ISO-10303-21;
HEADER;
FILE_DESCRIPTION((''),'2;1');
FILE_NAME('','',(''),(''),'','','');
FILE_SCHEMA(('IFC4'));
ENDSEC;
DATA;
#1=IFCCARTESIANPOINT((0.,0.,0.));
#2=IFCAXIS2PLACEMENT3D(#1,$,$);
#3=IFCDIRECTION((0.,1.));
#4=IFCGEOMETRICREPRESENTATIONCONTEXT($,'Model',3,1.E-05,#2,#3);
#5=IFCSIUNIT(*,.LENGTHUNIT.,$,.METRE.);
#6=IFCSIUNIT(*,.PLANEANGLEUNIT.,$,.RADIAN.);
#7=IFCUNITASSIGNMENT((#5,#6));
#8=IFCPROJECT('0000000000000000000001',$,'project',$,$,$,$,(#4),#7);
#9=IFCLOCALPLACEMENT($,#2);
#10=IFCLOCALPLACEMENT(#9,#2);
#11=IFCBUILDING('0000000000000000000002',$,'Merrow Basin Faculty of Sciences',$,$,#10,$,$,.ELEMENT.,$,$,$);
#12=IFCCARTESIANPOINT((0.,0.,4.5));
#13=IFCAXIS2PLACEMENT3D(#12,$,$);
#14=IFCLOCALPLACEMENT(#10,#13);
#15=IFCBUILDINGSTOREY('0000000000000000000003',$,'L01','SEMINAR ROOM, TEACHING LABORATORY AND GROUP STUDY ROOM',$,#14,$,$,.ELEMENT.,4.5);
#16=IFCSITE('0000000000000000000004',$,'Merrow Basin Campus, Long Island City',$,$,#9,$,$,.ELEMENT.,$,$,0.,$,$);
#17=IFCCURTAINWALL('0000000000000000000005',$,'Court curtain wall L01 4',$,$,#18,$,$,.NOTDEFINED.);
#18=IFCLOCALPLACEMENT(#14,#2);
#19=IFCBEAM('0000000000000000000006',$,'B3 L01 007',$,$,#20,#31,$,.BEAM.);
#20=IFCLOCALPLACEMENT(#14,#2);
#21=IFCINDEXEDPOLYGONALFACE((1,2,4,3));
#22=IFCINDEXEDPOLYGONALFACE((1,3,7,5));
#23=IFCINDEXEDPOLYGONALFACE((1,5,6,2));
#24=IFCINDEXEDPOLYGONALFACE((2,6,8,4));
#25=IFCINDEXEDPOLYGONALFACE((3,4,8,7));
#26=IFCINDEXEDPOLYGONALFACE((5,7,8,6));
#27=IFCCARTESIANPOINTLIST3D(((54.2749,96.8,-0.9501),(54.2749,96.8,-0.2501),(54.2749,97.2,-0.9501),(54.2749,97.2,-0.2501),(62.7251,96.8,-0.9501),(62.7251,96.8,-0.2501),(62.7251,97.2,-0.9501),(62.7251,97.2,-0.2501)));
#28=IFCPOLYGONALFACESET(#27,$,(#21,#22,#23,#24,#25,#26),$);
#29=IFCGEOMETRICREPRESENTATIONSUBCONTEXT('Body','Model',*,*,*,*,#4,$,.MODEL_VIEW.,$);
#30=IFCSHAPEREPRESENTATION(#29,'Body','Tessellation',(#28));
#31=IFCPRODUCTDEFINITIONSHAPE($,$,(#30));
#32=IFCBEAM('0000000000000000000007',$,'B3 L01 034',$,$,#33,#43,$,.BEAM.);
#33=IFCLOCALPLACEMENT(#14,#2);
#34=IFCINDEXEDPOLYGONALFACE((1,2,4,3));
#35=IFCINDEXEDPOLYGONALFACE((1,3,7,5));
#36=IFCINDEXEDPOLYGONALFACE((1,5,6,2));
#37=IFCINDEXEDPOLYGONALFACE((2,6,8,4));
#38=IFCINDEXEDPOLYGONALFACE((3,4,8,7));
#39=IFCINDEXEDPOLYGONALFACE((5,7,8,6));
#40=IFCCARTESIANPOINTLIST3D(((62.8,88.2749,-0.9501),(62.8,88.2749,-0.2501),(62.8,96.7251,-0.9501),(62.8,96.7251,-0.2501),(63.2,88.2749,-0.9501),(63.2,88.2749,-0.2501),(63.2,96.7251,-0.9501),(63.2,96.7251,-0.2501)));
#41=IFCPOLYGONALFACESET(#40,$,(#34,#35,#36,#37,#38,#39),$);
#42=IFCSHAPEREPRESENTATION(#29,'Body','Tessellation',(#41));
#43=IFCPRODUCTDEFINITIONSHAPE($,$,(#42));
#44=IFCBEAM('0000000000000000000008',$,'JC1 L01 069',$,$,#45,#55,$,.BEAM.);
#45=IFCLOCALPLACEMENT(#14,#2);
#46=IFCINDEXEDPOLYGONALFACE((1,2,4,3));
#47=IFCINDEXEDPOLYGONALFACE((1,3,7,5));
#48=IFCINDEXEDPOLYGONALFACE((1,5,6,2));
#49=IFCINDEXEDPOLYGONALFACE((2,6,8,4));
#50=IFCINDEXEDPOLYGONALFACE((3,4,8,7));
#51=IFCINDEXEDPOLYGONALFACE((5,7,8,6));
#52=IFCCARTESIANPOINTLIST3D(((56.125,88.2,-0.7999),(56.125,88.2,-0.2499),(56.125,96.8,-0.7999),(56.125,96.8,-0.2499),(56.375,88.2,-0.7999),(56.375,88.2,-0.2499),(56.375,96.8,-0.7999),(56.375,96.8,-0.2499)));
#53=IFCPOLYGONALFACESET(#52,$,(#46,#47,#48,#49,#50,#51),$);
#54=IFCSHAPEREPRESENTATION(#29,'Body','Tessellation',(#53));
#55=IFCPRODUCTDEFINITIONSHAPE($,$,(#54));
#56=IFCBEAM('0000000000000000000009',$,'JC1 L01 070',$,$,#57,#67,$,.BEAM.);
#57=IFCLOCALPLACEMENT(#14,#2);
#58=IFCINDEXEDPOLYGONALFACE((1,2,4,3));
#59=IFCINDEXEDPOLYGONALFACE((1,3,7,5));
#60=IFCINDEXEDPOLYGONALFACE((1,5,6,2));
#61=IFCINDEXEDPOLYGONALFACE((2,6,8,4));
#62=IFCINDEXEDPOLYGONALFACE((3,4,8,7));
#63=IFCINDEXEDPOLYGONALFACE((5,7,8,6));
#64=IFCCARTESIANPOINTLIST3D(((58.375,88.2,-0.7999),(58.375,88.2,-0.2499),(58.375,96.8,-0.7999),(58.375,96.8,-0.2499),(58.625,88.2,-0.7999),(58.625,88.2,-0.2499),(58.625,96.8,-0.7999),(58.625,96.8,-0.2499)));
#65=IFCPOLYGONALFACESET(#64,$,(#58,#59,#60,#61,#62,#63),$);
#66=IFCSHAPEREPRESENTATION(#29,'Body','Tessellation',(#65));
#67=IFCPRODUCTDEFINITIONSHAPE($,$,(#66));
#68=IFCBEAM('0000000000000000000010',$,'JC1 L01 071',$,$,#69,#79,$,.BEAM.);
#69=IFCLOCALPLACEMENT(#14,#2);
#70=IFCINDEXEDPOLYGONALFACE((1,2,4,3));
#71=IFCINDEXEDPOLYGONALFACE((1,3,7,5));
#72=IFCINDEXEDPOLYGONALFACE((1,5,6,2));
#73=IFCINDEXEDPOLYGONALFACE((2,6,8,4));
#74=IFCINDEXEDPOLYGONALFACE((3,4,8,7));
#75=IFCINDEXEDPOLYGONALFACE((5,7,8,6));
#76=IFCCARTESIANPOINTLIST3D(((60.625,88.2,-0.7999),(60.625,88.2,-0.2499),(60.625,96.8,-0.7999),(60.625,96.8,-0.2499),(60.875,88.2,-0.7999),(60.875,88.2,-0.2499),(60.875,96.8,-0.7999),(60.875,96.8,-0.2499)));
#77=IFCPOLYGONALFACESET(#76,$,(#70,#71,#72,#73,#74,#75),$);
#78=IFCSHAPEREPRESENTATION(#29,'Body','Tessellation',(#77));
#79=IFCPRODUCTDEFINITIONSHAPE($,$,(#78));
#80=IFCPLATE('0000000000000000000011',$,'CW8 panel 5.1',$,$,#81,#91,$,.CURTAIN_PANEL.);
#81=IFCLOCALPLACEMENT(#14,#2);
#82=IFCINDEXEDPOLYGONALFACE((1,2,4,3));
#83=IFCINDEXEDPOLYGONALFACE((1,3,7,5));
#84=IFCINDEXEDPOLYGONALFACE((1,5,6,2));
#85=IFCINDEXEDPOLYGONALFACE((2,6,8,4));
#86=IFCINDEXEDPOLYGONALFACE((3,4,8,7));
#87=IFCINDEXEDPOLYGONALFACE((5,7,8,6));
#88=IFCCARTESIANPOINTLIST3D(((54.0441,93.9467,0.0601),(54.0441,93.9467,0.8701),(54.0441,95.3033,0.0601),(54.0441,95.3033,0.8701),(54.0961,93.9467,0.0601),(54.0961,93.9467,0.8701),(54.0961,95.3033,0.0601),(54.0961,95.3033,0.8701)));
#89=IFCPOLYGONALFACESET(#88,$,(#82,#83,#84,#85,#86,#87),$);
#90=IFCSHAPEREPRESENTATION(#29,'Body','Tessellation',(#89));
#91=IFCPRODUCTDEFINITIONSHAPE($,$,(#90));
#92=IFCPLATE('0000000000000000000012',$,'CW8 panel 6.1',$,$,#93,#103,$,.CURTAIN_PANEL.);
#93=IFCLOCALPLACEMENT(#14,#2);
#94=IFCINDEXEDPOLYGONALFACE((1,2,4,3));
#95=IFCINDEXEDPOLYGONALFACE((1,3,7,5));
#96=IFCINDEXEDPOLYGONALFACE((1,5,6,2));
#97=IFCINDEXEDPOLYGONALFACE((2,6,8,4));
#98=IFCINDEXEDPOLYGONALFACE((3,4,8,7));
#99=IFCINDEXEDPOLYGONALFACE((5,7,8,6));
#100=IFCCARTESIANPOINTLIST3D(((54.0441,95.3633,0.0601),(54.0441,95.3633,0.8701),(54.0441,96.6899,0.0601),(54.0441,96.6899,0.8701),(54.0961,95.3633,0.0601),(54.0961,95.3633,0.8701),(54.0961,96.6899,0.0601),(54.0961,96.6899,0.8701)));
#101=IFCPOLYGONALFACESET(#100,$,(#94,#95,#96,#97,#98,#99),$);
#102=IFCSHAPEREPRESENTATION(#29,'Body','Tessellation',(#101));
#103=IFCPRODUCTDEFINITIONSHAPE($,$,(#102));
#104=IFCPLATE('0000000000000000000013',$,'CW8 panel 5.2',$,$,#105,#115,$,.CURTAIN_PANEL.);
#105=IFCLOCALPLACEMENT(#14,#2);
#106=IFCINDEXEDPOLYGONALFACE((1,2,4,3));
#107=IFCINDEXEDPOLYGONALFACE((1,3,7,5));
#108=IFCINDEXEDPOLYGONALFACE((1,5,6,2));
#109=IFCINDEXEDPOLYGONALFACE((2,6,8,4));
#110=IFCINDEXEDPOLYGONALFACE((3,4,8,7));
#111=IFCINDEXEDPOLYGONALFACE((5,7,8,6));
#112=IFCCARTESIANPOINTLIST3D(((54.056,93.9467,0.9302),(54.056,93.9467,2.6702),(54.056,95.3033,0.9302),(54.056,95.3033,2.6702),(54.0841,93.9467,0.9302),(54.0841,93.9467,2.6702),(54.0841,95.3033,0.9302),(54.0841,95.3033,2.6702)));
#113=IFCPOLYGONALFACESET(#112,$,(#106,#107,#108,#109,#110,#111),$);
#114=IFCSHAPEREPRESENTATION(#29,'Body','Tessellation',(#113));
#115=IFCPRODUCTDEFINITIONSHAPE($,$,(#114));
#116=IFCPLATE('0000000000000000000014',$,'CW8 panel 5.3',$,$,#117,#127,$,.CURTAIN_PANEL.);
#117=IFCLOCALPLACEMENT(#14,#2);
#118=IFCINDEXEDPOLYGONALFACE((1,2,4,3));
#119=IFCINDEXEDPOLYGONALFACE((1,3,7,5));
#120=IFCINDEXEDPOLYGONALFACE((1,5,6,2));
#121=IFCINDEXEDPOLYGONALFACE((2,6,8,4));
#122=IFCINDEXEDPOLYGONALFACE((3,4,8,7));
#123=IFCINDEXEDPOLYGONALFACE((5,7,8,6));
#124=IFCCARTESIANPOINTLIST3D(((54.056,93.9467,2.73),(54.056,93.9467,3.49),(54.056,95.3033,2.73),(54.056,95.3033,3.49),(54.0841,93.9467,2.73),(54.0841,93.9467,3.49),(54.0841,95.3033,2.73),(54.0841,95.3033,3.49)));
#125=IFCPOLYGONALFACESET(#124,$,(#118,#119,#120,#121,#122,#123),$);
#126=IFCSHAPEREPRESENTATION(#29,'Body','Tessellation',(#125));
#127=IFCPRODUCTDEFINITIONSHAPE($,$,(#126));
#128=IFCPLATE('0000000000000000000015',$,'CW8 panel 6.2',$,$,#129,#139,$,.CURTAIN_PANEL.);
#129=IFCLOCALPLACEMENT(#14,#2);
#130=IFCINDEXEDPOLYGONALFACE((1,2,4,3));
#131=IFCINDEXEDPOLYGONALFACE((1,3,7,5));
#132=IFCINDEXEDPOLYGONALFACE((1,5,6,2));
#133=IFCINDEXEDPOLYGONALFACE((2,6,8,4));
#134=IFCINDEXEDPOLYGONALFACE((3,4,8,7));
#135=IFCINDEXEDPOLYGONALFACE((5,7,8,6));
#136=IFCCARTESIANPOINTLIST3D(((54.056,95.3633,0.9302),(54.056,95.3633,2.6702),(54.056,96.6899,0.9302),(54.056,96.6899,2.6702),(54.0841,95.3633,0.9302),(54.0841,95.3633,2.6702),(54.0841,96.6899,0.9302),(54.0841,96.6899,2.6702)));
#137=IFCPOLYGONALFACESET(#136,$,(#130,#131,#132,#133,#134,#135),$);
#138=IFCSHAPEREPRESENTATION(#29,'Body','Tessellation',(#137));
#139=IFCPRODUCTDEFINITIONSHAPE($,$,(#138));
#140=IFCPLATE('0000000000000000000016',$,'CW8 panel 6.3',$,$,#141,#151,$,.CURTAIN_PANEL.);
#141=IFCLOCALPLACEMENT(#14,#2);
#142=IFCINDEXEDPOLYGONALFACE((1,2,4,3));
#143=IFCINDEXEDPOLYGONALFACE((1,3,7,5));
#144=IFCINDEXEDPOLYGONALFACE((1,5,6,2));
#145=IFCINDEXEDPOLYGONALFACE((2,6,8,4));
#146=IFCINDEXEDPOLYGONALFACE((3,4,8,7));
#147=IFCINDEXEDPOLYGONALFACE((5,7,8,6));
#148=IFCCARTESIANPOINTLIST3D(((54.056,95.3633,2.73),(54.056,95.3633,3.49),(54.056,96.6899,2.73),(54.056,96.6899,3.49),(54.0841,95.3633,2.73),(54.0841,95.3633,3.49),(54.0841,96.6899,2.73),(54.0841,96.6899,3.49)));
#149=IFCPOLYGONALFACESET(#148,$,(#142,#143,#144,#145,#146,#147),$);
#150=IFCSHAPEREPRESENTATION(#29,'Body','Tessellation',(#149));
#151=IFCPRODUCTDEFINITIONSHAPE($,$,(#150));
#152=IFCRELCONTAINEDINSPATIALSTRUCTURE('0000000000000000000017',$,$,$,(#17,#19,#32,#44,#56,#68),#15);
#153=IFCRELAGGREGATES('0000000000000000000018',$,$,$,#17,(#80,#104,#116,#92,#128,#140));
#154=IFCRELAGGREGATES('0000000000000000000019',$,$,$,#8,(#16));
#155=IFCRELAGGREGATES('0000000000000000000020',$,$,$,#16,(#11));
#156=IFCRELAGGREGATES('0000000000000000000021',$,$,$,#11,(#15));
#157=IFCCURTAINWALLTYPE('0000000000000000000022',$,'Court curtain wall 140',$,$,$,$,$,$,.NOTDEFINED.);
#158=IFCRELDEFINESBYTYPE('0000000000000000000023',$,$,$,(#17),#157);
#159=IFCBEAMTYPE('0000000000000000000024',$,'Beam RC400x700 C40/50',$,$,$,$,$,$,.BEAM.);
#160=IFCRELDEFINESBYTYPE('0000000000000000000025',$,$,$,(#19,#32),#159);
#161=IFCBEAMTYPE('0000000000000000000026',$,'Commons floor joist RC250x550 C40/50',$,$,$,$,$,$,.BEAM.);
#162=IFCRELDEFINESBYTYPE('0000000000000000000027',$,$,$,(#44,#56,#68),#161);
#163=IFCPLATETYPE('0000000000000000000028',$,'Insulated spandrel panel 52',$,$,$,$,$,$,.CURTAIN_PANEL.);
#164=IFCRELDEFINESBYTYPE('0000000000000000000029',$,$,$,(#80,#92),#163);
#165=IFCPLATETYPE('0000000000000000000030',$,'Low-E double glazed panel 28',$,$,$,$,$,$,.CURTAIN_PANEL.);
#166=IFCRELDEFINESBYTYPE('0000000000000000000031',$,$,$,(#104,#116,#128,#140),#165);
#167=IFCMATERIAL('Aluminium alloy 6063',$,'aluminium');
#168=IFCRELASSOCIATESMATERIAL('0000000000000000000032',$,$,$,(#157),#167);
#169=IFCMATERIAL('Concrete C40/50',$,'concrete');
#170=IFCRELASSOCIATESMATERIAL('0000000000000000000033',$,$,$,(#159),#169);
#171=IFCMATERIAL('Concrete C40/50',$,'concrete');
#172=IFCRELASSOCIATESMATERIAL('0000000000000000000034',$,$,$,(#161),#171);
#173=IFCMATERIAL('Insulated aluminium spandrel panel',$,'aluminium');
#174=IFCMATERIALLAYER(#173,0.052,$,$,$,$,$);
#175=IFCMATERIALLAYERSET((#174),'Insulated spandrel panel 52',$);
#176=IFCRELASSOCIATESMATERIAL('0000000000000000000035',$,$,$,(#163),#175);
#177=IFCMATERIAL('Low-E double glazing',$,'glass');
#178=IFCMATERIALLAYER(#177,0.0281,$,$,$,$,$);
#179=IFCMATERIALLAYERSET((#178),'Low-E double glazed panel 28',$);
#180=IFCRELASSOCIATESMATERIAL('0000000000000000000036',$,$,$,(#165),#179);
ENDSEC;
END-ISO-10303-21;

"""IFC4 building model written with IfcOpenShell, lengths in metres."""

from ifc_helpers import new_model, si_unit, direction, frame, origin, origin_2d, place, context, subcontext, project, spatial, rectangle, extrude, material, layer, layer_set, material_profile, profile_set, type_object, element, aggregate, save


model = new_model("IFC4")

# Units and contexts
model_context = context("Model", 3, precision=1e-05, world=origin(), true_north=direction((0.0, 1.0)))
body_context = subcontext(model_context, "Body", "Model", "MODEL_VIEW")
ifc_project = project(units=[si_unit("LENGTHUNIT", "METRE"), si_unit("PLANEANGLEUNIT", "RADIAN")], contexts=[model_context])

# Site, building, storey
site_placement = place(None, origin())
site = spatial("IfcSite", under=ifc_project, at=site_placement, Name="Merrow Basin Campus, Long Island City", CompositionType="ELEMENT", RefElevation=0.0)
building_placement = place(site_placement, origin())
building = spatial("IfcBuilding", under=site, at=building_placement, Name="Merrow Basin Faculty of Sciences", CompositionType="ELEMENT")
storey_placement = place(building_placement, frame((0.0, 0.0, 4.5)))
storey = spatial("IfcBuildingStorey", under=building, at=storey_placement, Name="L01", Description="SEMINAR ROOM, TEACHING LABORATORY AND GROUP STUDY ROOM", CompositionType="ELEMENT", Elevation=4.5)

# Curtain wall
ifc_material_1 = material(Name="Aluminium alloy 6063", Category="aluminium")
curtain_wall_type = type_object("IfcCurtainWallType", Name="Court curtain wall 140", PredefinedType="NOTDEFINED", material=ifc_material_1)
curtain_wall_placement = place(storey_placement, origin())
curtain_wall = element("IfcCurtainWall", 1, at=curtain_wall_placement, inside=storey, type_object=curtain_wall_type, Name="Court curtain wall L01 4", PredefinedType="NOTDEFINED")

# Beams
ifc_material_2 = material(Name="Concrete C40/50", Category="concrete")
ifc_material_profile_1 = material_profile(ifc_material_2, rectangle(XDim=0.3999, YDim=0.7, at=origin_2d()))
ifc_profile_set_1 = profile_set([ifc_material_profile_1], Name="Concrete C40/50")
beam_type_1 = type_object("IfcBeamType", Name="Beam RC400x700 C40/50", PredefinedType="BEAM", material=ifc_profile_set_1)
for number, where, z_axis, x_axis, name in (
    (2, (54.2749, 97.0, -0.6001), (1.0, 0.0, 0.0), (0.0, 1.0, 0.0), "B3 L01 007"),
    (3, (63.0, 88.2749, -0.6001), (0.0, 1.0, 0.0), (-1.0, 0.0, 0.0), "B3 L01 034"),
):
    element("IfcBeam", number, at=place(storey_placement, frame(where, z_axis=z_axis, x_axis=x_axis)), inside=storey, type_object=beam_type_1, Name=name, PredefinedType="BEAM", context=body_context, shape_type="SweptSolid", body=[
        extrude(rectangle(XDim=0.3999, YDim=0.7, at=origin_2d()), origin(), (0.0, 0.0, 1.0), 8.4502),
    ])
ifc_material_3 = material(Name="Concrete C40/50", Category="concrete")
ifc_material_profile_2 = material_profile(ifc_material_3, rectangle(XDim=0.25, YDim=0.55, at=origin_2d()))
ifc_profile_set_2 = profile_set([ifc_material_profile_2], Name="Concrete C40/50")
beam_type_2 = type_object("IfcBeamType", Name="Commons floor joist RC250x550 C40/50", PredefinedType="BEAM", material=ifc_profile_set_2)
for number, where, z_axis, x_axis, name in (
    (4, (56.25, 88.2, -0.5249), (0.0, 1.0, 0.0), (-1.0, 0.0, 0.0), "JC1 L01 069"),
    (5, (58.5, 88.2, -0.5249), (0.0, 1.0, 0.0), (-1.0, 0.0, 0.0), "JC1 L01 070"),
    (6, (60.75, 88.2, -0.5249), (0.0, 1.0, 0.0), (-1.0, 0.0, 0.0), "JC1 L01 071"),
):
    element("IfcBeam", number, at=place(storey_placement, frame(where, z_axis=z_axis, x_axis=x_axis)), inside=storey, type_object=beam_type_2, Name=name, PredefinedType="BEAM", context=body_context, shape_type="SweptSolid", body=[
        extrude(rectangle(XDim=0.25, YDim=0.55, at=origin_2d()), origin(), (0.0, 0.0, 1.0), 8.6001),
    ])

# Plates
ifc_material_4 = material(Name="Insulated aluminium spandrel panel", Category="aluminium")
ifc_layer_1 = layer(ifc_material_4, 0.052)
ifc_layer_set_1 = layer_set([ifc_layer_1], Name="Insulated spandrel panel 52")
plate_type_1 = type_object("IfcPlateType", Name="Insulated spandrel panel 52", PredefinedType="CURTAIN_PANEL", material=ifc_layer_set_1)
plate_1_placement = place(storey_placement, frame((54.0701, 94.625, 0.0601), z_axis=(0.0, 0.0, 1.0), x_axis=(0.0, 1.0, 0.0)))
plate_1 = element("IfcPlate", 7, at=plate_1_placement, type_object=plate_type_1, Name="CW8 panel 5.1", PredefinedType="CURTAIN_PANEL", context=body_context, shape_type="SweptSolid", body=[
    extrude(rectangle(XDim=1.3567, YDim=0.052, at=origin_2d()), origin(), (0.0, 0.0, 1.0), 0.8101),
])
plate_2_placement = place(storey_placement, frame((54.0701, 96.0266, 0.0601), z_axis=(0.0, 0.0, 1.0), x_axis=(0.0, 1.0, 0.0)))
plate_2 = element("IfcPlate", 8, at=plate_2_placement, type_object=plate_type_1, Name="CW8 panel 6.1", PredefinedType="CURTAIN_PANEL", context=body_context, shape_type="SweptSolid", body=[
    extrude(rectangle(XDim=1.3267, YDim=0.052, at=origin_2d()), origin(), (0.0, 0.0, 1.0), 0.8101),
])
ifc_material_5 = material(Name="Low-E double glazing", Category="glass")
ifc_layer_2 = layer(ifc_material_5, 0.0281)
ifc_layer_set_2 = layer_set([ifc_layer_2], Name="Low-E double glazed panel 28")
plate_type_2 = type_object("IfcPlateType", Name="Low-E double glazed panel 28", PredefinedType="CURTAIN_PANEL", material=ifc_layer_set_2)
plate_3_placement = place(storey_placement, frame((54.0701, 94.625, 0.9302), z_axis=(0.0, 0.0, 1.0), x_axis=(0.0, 1.0, 0.0)))
plate_3 = element("IfcPlate", 9, at=plate_3_placement, type_object=plate_type_2, Name="CW8 panel 5.2", PredefinedType="CURTAIN_PANEL", context=body_context, shape_type="SweptSolid", body=[
    extrude(rectangle(XDim=1.3567, YDim=0.0281, at=origin_2d()), origin(), (0.0, 0.0, 1.0), 1.74),
])
plate_4_placement = place(storey_placement, frame((54.0701, 94.625, 2.73), z_axis=(0.0, 0.0, 1.0), x_axis=(0.0, 1.0, 0.0)))
plate_4 = element("IfcPlate", 10, at=plate_4_placement, type_object=plate_type_2, Name="CW8 panel 5.3", PredefinedType="CURTAIN_PANEL", context=body_context, shape_type="SweptSolid", body=[
    extrude(rectangle(XDim=1.3567, YDim=0.0281, at=origin_2d()), origin(), (0.0, 0.0, 1.0), 0.76),
])
plate_5_placement = place(storey_placement, frame((54.0701, 96.0266, 0.9302), z_axis=(0.0, 0.0, 1.0), x_axis=(0.0, 1.0, 0.0)))
plate_5 = element("IfcPlate", 11, at=plate_5_placement, type_object=plate_type_2, Name="CW8 panel 6.2", PredefinedType="CURTAIN_PANEL", context=body_context, shape_type="SweptSolid", body=[
    extrude(rectangle(XDim=1.3267, YDim=0.0281, at=origin_2d()), origin(), (0.0, 0.0, 1.0), 1.74),
])
plate_6_placement = place(storey_placement, frame((54.0701, 96.0266, 2.73), z_axis=(0.0, 0.0, 1.0), x_axis=(0.0, 1.0, 0.0)))
plate_6 = element("IfcPlate", 12, at=plate_6_placement, type_object=plate_type_2, Name="CW8 panel 6.3", PredefinedType="CURTAIN_PANEL", context=body_context, shape_type="SweptSolid", body=[
    extrude(rectangle(XDim=1.3267, YDim=0.0281, at=origin_2d()), origin(), (0.0, 0.0, 1.0), 0.76),
])
aggregate(curtain_wall, [plate_1, plate_3, plate_4, plate_2, plate_5, plate_6])

save(model, "model.ifc")
